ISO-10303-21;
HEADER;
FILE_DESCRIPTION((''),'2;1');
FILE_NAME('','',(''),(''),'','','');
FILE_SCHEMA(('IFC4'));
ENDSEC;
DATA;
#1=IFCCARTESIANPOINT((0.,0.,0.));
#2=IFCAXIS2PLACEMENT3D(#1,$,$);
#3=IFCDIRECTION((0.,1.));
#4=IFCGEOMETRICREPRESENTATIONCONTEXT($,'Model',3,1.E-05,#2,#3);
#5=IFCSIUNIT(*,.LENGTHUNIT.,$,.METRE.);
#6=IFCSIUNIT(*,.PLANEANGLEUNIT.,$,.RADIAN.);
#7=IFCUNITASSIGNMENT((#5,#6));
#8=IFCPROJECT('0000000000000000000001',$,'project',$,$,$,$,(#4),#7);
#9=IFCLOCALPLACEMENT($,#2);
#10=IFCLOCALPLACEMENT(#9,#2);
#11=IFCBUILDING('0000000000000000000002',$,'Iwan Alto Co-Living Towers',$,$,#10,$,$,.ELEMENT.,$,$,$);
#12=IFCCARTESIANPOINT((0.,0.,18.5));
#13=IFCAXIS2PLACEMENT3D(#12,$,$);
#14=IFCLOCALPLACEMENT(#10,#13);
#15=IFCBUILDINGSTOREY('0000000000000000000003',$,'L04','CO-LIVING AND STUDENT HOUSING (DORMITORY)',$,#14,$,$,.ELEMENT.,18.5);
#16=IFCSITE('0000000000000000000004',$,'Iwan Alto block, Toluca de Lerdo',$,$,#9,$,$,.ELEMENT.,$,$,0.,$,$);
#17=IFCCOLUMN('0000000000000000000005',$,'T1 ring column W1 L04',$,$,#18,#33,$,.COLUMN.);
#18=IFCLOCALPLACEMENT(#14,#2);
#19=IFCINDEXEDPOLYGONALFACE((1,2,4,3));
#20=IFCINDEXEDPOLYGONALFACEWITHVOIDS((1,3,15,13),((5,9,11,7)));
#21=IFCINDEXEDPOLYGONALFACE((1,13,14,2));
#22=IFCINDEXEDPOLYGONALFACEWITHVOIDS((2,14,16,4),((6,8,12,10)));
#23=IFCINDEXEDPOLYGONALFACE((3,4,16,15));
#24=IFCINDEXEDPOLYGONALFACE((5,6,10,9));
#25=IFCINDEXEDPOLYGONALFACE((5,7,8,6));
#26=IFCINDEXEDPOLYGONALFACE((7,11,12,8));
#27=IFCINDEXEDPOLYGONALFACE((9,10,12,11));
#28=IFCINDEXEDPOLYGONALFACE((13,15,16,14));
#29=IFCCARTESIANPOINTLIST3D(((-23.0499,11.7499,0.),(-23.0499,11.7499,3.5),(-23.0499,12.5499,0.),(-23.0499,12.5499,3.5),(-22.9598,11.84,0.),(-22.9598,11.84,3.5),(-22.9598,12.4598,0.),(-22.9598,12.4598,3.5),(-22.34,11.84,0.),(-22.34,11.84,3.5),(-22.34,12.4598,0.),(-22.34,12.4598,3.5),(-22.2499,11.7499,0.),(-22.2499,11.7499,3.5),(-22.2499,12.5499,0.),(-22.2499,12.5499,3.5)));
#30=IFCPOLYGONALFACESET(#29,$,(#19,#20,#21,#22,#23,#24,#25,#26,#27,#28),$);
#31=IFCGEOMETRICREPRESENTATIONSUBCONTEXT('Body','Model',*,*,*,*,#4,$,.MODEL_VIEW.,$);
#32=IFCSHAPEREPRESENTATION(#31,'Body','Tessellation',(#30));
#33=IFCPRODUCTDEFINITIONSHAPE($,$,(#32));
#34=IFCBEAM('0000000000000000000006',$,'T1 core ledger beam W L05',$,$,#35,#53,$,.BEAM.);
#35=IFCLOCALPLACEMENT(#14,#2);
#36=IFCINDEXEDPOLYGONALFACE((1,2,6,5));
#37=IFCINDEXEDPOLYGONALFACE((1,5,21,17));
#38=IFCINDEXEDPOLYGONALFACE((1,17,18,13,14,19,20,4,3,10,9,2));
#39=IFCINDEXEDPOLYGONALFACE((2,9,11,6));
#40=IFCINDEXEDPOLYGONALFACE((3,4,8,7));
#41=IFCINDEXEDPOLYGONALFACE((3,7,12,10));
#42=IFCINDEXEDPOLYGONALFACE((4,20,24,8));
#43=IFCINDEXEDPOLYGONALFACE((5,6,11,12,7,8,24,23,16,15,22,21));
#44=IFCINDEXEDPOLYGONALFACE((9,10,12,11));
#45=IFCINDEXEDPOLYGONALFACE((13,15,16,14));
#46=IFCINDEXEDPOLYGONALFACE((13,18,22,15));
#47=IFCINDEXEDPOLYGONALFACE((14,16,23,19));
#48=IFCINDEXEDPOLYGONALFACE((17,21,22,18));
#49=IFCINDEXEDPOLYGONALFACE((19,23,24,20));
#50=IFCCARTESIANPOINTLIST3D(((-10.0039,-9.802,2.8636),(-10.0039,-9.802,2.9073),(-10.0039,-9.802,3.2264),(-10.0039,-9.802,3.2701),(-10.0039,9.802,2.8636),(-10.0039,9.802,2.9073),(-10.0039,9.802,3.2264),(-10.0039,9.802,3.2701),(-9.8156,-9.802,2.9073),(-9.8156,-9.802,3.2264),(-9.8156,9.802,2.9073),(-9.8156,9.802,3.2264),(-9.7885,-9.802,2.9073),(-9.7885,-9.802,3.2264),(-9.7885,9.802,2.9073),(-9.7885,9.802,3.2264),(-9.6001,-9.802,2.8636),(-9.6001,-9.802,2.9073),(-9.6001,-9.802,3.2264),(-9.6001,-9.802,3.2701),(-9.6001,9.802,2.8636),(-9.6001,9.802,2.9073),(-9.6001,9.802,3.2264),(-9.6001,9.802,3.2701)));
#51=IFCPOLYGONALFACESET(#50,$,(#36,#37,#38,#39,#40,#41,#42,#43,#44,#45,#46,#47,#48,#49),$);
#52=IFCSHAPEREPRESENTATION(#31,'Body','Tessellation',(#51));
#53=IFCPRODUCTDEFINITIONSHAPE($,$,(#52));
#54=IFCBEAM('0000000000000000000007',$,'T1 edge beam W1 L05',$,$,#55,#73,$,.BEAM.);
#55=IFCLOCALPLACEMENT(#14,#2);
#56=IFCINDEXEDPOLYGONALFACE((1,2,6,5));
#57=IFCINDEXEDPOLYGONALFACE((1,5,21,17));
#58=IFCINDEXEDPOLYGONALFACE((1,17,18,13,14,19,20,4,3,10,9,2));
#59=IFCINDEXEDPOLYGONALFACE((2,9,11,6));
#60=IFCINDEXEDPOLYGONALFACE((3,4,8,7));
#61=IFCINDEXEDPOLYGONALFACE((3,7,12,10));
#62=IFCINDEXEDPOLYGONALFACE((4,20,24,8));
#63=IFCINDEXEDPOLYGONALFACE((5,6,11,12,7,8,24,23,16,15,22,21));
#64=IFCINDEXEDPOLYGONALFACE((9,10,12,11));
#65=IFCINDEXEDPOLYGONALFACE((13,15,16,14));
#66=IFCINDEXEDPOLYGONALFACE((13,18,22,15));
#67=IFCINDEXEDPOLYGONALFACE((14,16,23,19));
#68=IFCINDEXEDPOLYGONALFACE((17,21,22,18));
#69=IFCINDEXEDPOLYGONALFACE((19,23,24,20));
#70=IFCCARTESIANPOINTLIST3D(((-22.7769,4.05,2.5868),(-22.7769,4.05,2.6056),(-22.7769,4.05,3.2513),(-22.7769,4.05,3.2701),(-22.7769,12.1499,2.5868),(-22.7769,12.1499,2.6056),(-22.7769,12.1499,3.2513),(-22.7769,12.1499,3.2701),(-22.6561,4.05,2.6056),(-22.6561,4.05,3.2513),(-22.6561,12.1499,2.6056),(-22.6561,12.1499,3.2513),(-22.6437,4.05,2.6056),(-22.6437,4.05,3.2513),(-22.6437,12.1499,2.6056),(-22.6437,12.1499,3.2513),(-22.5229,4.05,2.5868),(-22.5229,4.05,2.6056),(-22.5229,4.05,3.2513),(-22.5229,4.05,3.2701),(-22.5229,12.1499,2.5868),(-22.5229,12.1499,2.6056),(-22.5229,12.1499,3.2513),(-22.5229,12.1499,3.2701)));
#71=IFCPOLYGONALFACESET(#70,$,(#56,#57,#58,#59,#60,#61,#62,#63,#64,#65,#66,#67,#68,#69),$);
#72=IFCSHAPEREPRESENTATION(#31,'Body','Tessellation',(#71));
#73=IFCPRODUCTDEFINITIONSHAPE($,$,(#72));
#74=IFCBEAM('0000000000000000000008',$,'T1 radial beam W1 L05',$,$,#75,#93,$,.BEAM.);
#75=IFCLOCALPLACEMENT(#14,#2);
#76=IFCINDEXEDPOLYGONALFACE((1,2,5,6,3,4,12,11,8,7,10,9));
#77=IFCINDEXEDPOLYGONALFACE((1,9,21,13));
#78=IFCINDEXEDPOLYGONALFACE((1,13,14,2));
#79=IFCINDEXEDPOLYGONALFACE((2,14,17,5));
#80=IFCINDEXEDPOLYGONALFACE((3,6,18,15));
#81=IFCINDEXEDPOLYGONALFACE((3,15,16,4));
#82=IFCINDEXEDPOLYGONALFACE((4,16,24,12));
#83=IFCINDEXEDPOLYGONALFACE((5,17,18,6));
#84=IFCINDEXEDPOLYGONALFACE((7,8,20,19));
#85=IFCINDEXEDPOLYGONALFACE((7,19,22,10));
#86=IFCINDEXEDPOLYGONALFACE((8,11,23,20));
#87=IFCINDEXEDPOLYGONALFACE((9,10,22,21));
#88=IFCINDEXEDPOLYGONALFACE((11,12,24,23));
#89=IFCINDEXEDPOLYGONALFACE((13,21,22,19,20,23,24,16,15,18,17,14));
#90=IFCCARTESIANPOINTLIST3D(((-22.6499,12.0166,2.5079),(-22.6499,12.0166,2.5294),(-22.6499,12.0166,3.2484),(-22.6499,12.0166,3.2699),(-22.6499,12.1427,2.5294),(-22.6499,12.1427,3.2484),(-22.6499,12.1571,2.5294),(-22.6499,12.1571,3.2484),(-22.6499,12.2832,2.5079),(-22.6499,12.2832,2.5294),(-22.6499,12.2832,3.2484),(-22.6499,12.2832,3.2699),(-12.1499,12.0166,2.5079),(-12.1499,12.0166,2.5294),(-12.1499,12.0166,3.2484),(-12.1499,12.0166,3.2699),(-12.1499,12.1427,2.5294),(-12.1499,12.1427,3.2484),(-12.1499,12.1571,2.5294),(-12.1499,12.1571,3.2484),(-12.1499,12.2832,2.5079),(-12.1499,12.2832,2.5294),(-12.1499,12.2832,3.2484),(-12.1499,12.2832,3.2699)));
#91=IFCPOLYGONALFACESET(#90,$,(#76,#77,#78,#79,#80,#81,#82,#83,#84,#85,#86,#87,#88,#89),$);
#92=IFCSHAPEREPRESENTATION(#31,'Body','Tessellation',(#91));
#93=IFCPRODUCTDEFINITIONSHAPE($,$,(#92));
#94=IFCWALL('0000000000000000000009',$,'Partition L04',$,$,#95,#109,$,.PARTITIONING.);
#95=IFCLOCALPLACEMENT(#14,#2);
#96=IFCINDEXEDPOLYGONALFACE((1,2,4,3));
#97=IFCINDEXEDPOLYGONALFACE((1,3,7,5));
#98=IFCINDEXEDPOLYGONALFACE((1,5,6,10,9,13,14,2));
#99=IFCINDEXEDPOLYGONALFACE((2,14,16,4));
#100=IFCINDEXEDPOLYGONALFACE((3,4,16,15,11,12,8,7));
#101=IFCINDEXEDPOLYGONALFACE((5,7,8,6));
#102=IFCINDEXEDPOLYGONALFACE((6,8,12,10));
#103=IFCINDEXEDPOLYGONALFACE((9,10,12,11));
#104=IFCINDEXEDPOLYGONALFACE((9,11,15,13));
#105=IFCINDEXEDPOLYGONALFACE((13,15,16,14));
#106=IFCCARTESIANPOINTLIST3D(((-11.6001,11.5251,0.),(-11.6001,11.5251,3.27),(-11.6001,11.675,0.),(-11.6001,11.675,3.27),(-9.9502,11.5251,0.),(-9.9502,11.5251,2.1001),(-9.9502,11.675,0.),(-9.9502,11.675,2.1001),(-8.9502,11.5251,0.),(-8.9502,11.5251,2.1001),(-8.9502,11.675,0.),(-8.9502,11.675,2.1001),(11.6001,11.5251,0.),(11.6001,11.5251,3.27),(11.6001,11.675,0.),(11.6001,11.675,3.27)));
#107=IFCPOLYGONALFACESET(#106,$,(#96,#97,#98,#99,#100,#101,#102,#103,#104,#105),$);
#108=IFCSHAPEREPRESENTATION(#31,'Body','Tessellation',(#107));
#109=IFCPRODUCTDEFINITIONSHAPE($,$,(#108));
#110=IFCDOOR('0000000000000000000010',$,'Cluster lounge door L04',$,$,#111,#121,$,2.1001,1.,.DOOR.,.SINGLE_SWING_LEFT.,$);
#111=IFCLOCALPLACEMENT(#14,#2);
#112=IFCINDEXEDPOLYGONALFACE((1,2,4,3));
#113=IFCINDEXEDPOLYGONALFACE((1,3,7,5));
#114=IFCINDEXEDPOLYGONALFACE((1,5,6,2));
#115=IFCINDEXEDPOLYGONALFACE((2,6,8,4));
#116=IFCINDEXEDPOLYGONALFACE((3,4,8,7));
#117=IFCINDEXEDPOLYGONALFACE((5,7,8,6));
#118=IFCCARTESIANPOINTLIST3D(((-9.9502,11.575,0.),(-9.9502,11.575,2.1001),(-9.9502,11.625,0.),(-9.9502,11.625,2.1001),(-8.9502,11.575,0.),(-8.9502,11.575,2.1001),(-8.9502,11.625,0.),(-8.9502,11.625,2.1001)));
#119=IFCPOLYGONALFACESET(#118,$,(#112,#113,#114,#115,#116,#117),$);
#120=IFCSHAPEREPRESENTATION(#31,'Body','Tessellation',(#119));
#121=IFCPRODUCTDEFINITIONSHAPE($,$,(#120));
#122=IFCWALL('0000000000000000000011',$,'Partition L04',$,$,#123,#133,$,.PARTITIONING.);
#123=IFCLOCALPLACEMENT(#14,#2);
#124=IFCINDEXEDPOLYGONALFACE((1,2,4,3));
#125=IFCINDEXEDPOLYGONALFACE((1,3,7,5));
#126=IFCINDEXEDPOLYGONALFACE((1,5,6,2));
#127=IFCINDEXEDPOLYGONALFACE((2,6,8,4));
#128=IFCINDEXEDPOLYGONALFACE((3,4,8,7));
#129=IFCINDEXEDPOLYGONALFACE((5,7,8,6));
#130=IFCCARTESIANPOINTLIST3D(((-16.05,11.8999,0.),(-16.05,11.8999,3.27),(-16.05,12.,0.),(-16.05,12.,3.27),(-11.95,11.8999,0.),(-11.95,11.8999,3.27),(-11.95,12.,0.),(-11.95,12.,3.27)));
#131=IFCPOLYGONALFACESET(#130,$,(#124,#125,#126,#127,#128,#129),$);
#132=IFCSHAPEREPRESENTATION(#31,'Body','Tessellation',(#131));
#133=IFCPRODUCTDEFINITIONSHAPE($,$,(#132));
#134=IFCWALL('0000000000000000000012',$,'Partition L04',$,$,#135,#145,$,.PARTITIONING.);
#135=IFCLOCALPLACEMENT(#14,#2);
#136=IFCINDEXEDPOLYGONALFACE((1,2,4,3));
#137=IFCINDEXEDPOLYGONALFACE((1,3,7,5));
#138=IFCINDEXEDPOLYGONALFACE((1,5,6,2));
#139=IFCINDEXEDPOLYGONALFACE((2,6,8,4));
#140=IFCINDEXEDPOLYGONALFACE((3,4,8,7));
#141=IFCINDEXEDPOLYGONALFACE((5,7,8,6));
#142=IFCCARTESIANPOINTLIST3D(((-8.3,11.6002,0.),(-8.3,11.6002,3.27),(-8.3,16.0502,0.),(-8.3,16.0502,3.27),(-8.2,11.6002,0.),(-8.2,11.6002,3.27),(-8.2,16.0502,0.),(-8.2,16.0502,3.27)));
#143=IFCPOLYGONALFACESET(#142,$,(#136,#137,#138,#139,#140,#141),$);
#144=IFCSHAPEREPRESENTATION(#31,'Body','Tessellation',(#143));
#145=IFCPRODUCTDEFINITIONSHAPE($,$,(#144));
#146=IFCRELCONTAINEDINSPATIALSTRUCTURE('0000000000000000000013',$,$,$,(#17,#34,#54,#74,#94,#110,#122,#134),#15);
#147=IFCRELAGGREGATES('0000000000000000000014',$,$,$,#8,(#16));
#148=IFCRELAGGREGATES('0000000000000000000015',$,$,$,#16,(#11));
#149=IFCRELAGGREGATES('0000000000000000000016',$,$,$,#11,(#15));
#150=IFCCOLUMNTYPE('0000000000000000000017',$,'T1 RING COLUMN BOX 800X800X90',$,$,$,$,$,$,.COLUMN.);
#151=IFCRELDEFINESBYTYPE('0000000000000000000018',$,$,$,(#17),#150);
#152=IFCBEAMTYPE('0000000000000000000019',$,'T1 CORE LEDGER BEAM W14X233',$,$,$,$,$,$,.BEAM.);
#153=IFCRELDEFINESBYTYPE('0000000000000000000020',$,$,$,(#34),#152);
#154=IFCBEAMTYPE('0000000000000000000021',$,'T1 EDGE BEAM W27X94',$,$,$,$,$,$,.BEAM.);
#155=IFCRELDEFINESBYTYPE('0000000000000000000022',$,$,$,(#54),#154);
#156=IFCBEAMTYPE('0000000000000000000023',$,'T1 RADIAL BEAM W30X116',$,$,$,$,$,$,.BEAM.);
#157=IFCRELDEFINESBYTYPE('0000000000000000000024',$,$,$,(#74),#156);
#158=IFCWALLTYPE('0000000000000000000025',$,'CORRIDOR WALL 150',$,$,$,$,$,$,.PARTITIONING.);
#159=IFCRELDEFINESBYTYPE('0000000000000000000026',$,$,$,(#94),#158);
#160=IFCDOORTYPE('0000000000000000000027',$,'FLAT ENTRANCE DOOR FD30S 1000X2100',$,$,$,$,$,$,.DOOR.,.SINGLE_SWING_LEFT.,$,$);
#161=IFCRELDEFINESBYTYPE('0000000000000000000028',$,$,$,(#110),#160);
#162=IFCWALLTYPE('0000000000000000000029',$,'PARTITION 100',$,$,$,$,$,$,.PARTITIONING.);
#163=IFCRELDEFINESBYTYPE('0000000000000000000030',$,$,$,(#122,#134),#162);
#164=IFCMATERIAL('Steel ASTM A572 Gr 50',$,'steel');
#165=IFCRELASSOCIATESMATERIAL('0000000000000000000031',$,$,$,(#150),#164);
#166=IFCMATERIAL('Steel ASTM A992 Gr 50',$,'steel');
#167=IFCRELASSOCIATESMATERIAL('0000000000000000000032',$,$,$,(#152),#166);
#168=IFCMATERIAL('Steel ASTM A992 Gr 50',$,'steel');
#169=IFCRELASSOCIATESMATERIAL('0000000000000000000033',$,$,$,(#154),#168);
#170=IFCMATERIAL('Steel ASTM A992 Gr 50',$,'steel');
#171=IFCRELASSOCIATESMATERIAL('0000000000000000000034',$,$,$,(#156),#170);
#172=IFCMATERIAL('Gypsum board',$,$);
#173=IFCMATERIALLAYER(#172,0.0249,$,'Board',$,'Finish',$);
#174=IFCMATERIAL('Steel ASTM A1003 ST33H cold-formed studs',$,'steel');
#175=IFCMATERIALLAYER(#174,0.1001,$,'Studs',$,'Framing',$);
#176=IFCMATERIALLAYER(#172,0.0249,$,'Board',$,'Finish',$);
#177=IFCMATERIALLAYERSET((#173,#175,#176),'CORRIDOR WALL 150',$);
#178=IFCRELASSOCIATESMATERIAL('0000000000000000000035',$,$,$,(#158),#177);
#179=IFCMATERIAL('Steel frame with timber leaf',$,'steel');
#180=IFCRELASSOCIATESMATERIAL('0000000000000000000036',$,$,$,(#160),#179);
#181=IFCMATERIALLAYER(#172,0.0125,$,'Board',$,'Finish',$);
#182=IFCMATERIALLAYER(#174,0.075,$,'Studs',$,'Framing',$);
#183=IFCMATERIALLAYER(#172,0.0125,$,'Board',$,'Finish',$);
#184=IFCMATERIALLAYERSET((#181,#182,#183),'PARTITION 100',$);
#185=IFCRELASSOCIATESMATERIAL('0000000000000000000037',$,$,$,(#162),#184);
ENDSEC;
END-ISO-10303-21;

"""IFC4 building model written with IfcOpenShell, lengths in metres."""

from ifc_helpers import new_model, si_unit, direction, frame, frame_2d, origin, origin_2d, place, context, subcontext, project, spatial, rectangle, hollow_rectangle, i_section, extrude, material, layer, layer_set, material_profile, profile_set, type_object, element, fill, save


model = new_model("IFC4")

# Units and contexts
model_context = context("Model", 3, precision=1e-05, world=origin(), true_north=direction((0.0, 1.0)))
body_context = subcontext(model_context, "Body", "Model", "MODEL_VIEW")
ifc_project = project(units=[si_unit("LENGTHUNIT", "METRE"), si_unit("PLANEANGLEUNIT", "RADIAN")], contexts=[model_context])

# Site, building, storey
site_placement = place(None, origin())
site = spatial("IfcSite", under=ifc_project, at=site_placement, Name="Iwan Alto block, Toluca de Lerdo", CompositionType="ELEMENT", RefElevation=0.0)
building_placement = place(site_placement, origin())
building = spatial("IfcBuilding", under=site, at=building_placement, Name="Iwan Alto Co-Living Towers", CompositionType="ELEMENT")
storey_placement = place(building_placement, frame((0.0, 0.0, 18.5)))
storey = spatial("IfcBuildingStorey", under=building, at=storey_placement, Name="L04", Description="CO-LIVING AND STUDENT HOUSING (DORMITORY)", CompositionType="ELEMENT", Elevation=18.5)

# Column
ifc_material_1 = material(Name="Steel ASTM A572 Gr 50", Category="steel")
ifc_material_profile_1 = material_profile(ifc_material_1, hollow_rectangle(XDim=0.8, YDim=0.8, WallThickness=0.0901, at=origin_2d()), Name="BOX 800X800X90")
ifc_profile_set_1 = profile_set([ifc_material_profile_1], Name="Steel ASTM A572 Gr 50")
column_type = type_object("IfcColumnType", Name="T1 RING COLUMN BOX 800X800X90", PredefinedType="COLUMN", material=ifc_profile_set_1)
column_placement = place(storey_placement, frame((-22.6499, 12.1499, 0.0), z_axis=(0.0, 0.0, 1.0), x_axis=(1.0, 0.0, 0.0)))
element("IfcColumn", 1, at=column_placement, inside=storey, type_object=column_type, Name="T1 ring column W1 L04", PredefinedType="COLUMN", context=body_context, shape_type="SweptSolid", body=[
    extrude(hollow_rectangle(XDim=0.8, YDim=0.8, WallThickness=0.0901, at=origin_2d()), origin(), (0.0, 0.0, 1.0), 3.5),
])

# Beams
ifc_material_2 = material(Name="Steel ASTM A992 Gr 50", Category="steel")
ifc_material_profile_2 = material_profile(ifc_material_2, i_section(OverallWidth=0.4038, OverallDepth=0.4065, WebThickness=0.0271, FlangeThickness=0.0437, at=origin_2d()), Name="W14X233")
ifc_profile_set_2 = profile_set([ifc_material_profile_2], Name="Steel ASTM A992 Gr 50")
beam_type_1 = type_object("IfcBeamType", Name="T1 CORE LEDGER BEAM W14X233", PredefinedType="BEAM", material=ifc_profile_set_2)
beam_1_placement = place(storey_placement, frame((-9.802, 9.802, 3.0669), z_axis=(0.0, -1.0, 0.0), x_axis=(1.0, 0.0, 0.0)))
element("IfcBeam", 2, at=beam_1_placement, inside=storey, type_object=beam_type_1, Name="T1 core ledger beam W L05", PredefinedType="BEAM", context=body_context, shape_type="SweptSolid", body=[
    extrude(i_section(OverallWidth=0.4038, OverallDepth=0.4065, WebThickness=0.0271, FlangeThickness=0.0437, at=origin_2d()), origin(), (0.0, 0.0, 1.0), 19.604),
])
ifc_material_3 = material(Name="Steel ASTM A992 Gr 50", Category="steel")
ifc_material_profile_3 = material_profile(ifc_material_3, i_section(OverallWidth=0.2539, OverallDepth=0.6833, WebThickness=0.0125, FlangeThickness=0.0188, at=origin_2d()), Name="W27X94")
ifc_profile_set_3 = profile_set([ifc_material_profile_3], Name="Steel ASTM A992 Gr 50")
beam_type_2 = type_object("IfcBeamType", Name="T1 EDGE BEAM W27X94", PredefinedType="BEAM", material=ifc_profile_set_3)
beam_2_placement = place(storey_placement, frame((-22.6499, 12.1499, 2.9285), z_axis=(0.0, -1.0, 0.0), x_axis=(1.0, 0.0, 0.0)))
element("IfcBeam", 3, at=beam_2_placement, inside=storey, type_object=beam_type_2, Name="T1 edge beam W1 L05", PredefinedType="BEAM", context=body_context, shape_type="SweptSolid", body=[
    extrude(i_section(OverallWidth=0.2539, OverallDepth=0.6833, WebThickness=0.0125, FlangeThickness=0.0188, at=origin_2d()), origin(), (0.0, 0.0, 1.0), 8.0999),
])
ifc_material_4 = material(Name="Steel ASTM A992 Gr 50", Category="steel")
ifc_material_profile_4 = material_profile(ifc_material_4, i_section(OverallWidth=0.2666, OverallDepth=0.762, WebThickness=0.0144, FlangeThickness=0.0215, at=origin_2d()), Name="W30X116")
ifc_profile_set_4 = profile_set([ifc_material_profile_4], Name="Steel ASTM A992 Gr 50")
beam_type_3 = type_object("IfcBeamType", Name="T1 RADIAL BEAM W30X116", PredefinedType="BEAM", material=ifc_profile_set_4)
beam_3_placement = place(storey_placement, frame((-22.6499, 12.1499, 2.8889), z_axis=(1.0, 0.0, 0.0), x_axis=(0.0, 1.0, 0.0)))
element("IfcBeam", 4, at=beam_3_placement, inside=storey, type_object=beam_type_3, Name="T1 radial beam W1 L05", PredefinedType="BEAM", context=body_context, shape_type="SweptSolid", body=[
    extrude(i_section(OverallWidth=0.2666, OverallDepth=0.762, WebThickness=0.0144, FlangeThickness=0.0215, at=origin_2d()), origin(), (0.0, 0.0, 1.0), 10.5),
])

# Wall, opening, door
ifc_material_5 = material(Name="Gypsum board")
ifc_layer_1 = layer(ifc_material_5, 0.0249, Name="Board", Category="Finish")
ifc_material_6 = material(Name="Steel ASTM A1003 ST33H cold-formed studs", Category="steel")
ifc_layer_2 = layer(ifc_material_6, 0.1001, Name="Studs", Category="Framing")
ifc_layer_3 = layer(ifc_material_5, 0.0249, Name="Board", Category="Finish")
ifc_layer_set_1 = layer_set([ifc_layer_1, ifc_layer_2, ifc_layer_3], Name="CORRIDOR WALL 150")
wall_type_1 = type_object("IfcWallType", Name="CORRIDOR WALL 150", PredefinedType="PARTITIONING", material=ifc_layer_set_1)
wall_1_placement = place(storey_placement, frame((-11.6001, 11.6001, 0.0), z_axis=(0.0, 0.0, 1.0), x_axis=(1.0, 0.0, 0.0)))
wall_1 = element("IfcWall", 5, at=wall_1_placement, inside=storey, type_object=wall_type_1, Name="Partition L04", PredefinedType="PARTITIONING", context=body_context, shape_type="SweptSolid", body=[
    extrude(rectangle(XDim=23.2002, YDim=0.1499, at=frame_2d((11.6001, 0.0))), origin(), (0.0, 0.0, 1.0), 3.27),
])
opening_1_placement = place(wall_1_placement, frame((1.6499, 0.0, 0.0)))
opening_1 = element("IfcOpeningElement", 6, at=opening_1_placement, cuts=wall_1, PredefinedType="OPENING", context=body_context, shape_type="SweptSolid", body=[
    extrude(rectangle(XDim=1.0, YDim=2.1001, at=frame_2d((0.5, 1.05))), frame((0.0, 0.085, 0.0), z_axis=(0.0, -1.0, 0.0), x_axis=(1.0, 0.0, 0.0)), (0.0, 0.0, 1.0), 0.1699),
])
ifc_material_7 = material(Name="Steel frame with timber leaf", Category="steel")
door_type_1 = type_object("IfcDoorType", Name="FLAT ENTRANCE DOOR FD30S 1000X2100", OperationType="SINGLE_SWING_LEFT", PredefinedType="DOOR", material=ifc_material_7)
door_1_placement = place(opening_1_placement, origin())
door_1 = element("IfcDoor", 7, at=door_1_placement, inside=storey, type_object=door_type_1, Name="Cluster lounge door L04", OperationType="SINGLE_SWING_LEFT", OverallHeight=2.1001, OverallWidth=1.0, PredefinedType="DOOR", context=body_context, shape_type="SweptSolid", body=[
    extrude(rectangle(XDim=1.0, YDim=2.1001, at=frame_2d((0.5, 1.05))), frame((0.0, 0.0249, 0.0), z_axis=(0.0, -1.0, 0.0), x_axis=(1.0, 0.0, 0.0)), (0.0, 0.0, 1.0), 0.05),
])
fill(opening_1, door_1)

# Walls
ifc_layer_4 = layer(ifc_material_5, 0.0125, Name="Board", Category="Finish")
ifc_layer_5 = layer(ifc_material_6, 0.075, Name="Studs", Category="Framing")
ifc_layer_6 = layer(ifc_material_5, 0.0125, Name="Board", Category="Finish")
ifc_layer_set_2 = layer_set([ifc_layer_4, ifc_layer_5, ifc_layer_6], Name="PARTITION 100")
wall_type_2 = type_object("IfcWallType", Name="PARTITION 100", PredefinedType="PARTITIONING", material=ifc_layer_set_2)
wall_2_placement = place(storey_placement, frame((-16.05, 11.95, 0.0), z_axis=(0.0, 0.0, 1.0), x_axis=(1.0, 0.0, 0.0)))
element("IfcWall", 8, at=wall_2_placement, inside=storey, type_object=wall_type_2, Name="Partition L04", PredefinedType="PARTITIONING", context=body_context, shape_type="SweptSolid", body=[
    extrude(rectangle(XDim=4.1001, YDim=0.1001, at=frame_2d((2.05, 0.0))), origin(), (0.0, 0.0, 1.0), 3.27),
])
wall_3_placement = place(storey_placement, frame((-8.25, 11.6001, 0.0), z_axis=(0.0, 0.0, 1.0), x_axis=(0.0, 1.0, 0.0)))
element("IfcWall", 9, at=wall_3_placement, inside=storey, type_object=wall_type_2, Name="Partition L04", PredefinedType="PARTITIONING", context=body_context, shape_type="SweptSolid", body=[
    extrude(rectangle(XDim=4.45, YDim=0.1001, at=frame_2d((2.2251, 0.0))), origin(), (0.0, 0.0, 1.0), 3.27),
])

save(model, "model.ifc")
